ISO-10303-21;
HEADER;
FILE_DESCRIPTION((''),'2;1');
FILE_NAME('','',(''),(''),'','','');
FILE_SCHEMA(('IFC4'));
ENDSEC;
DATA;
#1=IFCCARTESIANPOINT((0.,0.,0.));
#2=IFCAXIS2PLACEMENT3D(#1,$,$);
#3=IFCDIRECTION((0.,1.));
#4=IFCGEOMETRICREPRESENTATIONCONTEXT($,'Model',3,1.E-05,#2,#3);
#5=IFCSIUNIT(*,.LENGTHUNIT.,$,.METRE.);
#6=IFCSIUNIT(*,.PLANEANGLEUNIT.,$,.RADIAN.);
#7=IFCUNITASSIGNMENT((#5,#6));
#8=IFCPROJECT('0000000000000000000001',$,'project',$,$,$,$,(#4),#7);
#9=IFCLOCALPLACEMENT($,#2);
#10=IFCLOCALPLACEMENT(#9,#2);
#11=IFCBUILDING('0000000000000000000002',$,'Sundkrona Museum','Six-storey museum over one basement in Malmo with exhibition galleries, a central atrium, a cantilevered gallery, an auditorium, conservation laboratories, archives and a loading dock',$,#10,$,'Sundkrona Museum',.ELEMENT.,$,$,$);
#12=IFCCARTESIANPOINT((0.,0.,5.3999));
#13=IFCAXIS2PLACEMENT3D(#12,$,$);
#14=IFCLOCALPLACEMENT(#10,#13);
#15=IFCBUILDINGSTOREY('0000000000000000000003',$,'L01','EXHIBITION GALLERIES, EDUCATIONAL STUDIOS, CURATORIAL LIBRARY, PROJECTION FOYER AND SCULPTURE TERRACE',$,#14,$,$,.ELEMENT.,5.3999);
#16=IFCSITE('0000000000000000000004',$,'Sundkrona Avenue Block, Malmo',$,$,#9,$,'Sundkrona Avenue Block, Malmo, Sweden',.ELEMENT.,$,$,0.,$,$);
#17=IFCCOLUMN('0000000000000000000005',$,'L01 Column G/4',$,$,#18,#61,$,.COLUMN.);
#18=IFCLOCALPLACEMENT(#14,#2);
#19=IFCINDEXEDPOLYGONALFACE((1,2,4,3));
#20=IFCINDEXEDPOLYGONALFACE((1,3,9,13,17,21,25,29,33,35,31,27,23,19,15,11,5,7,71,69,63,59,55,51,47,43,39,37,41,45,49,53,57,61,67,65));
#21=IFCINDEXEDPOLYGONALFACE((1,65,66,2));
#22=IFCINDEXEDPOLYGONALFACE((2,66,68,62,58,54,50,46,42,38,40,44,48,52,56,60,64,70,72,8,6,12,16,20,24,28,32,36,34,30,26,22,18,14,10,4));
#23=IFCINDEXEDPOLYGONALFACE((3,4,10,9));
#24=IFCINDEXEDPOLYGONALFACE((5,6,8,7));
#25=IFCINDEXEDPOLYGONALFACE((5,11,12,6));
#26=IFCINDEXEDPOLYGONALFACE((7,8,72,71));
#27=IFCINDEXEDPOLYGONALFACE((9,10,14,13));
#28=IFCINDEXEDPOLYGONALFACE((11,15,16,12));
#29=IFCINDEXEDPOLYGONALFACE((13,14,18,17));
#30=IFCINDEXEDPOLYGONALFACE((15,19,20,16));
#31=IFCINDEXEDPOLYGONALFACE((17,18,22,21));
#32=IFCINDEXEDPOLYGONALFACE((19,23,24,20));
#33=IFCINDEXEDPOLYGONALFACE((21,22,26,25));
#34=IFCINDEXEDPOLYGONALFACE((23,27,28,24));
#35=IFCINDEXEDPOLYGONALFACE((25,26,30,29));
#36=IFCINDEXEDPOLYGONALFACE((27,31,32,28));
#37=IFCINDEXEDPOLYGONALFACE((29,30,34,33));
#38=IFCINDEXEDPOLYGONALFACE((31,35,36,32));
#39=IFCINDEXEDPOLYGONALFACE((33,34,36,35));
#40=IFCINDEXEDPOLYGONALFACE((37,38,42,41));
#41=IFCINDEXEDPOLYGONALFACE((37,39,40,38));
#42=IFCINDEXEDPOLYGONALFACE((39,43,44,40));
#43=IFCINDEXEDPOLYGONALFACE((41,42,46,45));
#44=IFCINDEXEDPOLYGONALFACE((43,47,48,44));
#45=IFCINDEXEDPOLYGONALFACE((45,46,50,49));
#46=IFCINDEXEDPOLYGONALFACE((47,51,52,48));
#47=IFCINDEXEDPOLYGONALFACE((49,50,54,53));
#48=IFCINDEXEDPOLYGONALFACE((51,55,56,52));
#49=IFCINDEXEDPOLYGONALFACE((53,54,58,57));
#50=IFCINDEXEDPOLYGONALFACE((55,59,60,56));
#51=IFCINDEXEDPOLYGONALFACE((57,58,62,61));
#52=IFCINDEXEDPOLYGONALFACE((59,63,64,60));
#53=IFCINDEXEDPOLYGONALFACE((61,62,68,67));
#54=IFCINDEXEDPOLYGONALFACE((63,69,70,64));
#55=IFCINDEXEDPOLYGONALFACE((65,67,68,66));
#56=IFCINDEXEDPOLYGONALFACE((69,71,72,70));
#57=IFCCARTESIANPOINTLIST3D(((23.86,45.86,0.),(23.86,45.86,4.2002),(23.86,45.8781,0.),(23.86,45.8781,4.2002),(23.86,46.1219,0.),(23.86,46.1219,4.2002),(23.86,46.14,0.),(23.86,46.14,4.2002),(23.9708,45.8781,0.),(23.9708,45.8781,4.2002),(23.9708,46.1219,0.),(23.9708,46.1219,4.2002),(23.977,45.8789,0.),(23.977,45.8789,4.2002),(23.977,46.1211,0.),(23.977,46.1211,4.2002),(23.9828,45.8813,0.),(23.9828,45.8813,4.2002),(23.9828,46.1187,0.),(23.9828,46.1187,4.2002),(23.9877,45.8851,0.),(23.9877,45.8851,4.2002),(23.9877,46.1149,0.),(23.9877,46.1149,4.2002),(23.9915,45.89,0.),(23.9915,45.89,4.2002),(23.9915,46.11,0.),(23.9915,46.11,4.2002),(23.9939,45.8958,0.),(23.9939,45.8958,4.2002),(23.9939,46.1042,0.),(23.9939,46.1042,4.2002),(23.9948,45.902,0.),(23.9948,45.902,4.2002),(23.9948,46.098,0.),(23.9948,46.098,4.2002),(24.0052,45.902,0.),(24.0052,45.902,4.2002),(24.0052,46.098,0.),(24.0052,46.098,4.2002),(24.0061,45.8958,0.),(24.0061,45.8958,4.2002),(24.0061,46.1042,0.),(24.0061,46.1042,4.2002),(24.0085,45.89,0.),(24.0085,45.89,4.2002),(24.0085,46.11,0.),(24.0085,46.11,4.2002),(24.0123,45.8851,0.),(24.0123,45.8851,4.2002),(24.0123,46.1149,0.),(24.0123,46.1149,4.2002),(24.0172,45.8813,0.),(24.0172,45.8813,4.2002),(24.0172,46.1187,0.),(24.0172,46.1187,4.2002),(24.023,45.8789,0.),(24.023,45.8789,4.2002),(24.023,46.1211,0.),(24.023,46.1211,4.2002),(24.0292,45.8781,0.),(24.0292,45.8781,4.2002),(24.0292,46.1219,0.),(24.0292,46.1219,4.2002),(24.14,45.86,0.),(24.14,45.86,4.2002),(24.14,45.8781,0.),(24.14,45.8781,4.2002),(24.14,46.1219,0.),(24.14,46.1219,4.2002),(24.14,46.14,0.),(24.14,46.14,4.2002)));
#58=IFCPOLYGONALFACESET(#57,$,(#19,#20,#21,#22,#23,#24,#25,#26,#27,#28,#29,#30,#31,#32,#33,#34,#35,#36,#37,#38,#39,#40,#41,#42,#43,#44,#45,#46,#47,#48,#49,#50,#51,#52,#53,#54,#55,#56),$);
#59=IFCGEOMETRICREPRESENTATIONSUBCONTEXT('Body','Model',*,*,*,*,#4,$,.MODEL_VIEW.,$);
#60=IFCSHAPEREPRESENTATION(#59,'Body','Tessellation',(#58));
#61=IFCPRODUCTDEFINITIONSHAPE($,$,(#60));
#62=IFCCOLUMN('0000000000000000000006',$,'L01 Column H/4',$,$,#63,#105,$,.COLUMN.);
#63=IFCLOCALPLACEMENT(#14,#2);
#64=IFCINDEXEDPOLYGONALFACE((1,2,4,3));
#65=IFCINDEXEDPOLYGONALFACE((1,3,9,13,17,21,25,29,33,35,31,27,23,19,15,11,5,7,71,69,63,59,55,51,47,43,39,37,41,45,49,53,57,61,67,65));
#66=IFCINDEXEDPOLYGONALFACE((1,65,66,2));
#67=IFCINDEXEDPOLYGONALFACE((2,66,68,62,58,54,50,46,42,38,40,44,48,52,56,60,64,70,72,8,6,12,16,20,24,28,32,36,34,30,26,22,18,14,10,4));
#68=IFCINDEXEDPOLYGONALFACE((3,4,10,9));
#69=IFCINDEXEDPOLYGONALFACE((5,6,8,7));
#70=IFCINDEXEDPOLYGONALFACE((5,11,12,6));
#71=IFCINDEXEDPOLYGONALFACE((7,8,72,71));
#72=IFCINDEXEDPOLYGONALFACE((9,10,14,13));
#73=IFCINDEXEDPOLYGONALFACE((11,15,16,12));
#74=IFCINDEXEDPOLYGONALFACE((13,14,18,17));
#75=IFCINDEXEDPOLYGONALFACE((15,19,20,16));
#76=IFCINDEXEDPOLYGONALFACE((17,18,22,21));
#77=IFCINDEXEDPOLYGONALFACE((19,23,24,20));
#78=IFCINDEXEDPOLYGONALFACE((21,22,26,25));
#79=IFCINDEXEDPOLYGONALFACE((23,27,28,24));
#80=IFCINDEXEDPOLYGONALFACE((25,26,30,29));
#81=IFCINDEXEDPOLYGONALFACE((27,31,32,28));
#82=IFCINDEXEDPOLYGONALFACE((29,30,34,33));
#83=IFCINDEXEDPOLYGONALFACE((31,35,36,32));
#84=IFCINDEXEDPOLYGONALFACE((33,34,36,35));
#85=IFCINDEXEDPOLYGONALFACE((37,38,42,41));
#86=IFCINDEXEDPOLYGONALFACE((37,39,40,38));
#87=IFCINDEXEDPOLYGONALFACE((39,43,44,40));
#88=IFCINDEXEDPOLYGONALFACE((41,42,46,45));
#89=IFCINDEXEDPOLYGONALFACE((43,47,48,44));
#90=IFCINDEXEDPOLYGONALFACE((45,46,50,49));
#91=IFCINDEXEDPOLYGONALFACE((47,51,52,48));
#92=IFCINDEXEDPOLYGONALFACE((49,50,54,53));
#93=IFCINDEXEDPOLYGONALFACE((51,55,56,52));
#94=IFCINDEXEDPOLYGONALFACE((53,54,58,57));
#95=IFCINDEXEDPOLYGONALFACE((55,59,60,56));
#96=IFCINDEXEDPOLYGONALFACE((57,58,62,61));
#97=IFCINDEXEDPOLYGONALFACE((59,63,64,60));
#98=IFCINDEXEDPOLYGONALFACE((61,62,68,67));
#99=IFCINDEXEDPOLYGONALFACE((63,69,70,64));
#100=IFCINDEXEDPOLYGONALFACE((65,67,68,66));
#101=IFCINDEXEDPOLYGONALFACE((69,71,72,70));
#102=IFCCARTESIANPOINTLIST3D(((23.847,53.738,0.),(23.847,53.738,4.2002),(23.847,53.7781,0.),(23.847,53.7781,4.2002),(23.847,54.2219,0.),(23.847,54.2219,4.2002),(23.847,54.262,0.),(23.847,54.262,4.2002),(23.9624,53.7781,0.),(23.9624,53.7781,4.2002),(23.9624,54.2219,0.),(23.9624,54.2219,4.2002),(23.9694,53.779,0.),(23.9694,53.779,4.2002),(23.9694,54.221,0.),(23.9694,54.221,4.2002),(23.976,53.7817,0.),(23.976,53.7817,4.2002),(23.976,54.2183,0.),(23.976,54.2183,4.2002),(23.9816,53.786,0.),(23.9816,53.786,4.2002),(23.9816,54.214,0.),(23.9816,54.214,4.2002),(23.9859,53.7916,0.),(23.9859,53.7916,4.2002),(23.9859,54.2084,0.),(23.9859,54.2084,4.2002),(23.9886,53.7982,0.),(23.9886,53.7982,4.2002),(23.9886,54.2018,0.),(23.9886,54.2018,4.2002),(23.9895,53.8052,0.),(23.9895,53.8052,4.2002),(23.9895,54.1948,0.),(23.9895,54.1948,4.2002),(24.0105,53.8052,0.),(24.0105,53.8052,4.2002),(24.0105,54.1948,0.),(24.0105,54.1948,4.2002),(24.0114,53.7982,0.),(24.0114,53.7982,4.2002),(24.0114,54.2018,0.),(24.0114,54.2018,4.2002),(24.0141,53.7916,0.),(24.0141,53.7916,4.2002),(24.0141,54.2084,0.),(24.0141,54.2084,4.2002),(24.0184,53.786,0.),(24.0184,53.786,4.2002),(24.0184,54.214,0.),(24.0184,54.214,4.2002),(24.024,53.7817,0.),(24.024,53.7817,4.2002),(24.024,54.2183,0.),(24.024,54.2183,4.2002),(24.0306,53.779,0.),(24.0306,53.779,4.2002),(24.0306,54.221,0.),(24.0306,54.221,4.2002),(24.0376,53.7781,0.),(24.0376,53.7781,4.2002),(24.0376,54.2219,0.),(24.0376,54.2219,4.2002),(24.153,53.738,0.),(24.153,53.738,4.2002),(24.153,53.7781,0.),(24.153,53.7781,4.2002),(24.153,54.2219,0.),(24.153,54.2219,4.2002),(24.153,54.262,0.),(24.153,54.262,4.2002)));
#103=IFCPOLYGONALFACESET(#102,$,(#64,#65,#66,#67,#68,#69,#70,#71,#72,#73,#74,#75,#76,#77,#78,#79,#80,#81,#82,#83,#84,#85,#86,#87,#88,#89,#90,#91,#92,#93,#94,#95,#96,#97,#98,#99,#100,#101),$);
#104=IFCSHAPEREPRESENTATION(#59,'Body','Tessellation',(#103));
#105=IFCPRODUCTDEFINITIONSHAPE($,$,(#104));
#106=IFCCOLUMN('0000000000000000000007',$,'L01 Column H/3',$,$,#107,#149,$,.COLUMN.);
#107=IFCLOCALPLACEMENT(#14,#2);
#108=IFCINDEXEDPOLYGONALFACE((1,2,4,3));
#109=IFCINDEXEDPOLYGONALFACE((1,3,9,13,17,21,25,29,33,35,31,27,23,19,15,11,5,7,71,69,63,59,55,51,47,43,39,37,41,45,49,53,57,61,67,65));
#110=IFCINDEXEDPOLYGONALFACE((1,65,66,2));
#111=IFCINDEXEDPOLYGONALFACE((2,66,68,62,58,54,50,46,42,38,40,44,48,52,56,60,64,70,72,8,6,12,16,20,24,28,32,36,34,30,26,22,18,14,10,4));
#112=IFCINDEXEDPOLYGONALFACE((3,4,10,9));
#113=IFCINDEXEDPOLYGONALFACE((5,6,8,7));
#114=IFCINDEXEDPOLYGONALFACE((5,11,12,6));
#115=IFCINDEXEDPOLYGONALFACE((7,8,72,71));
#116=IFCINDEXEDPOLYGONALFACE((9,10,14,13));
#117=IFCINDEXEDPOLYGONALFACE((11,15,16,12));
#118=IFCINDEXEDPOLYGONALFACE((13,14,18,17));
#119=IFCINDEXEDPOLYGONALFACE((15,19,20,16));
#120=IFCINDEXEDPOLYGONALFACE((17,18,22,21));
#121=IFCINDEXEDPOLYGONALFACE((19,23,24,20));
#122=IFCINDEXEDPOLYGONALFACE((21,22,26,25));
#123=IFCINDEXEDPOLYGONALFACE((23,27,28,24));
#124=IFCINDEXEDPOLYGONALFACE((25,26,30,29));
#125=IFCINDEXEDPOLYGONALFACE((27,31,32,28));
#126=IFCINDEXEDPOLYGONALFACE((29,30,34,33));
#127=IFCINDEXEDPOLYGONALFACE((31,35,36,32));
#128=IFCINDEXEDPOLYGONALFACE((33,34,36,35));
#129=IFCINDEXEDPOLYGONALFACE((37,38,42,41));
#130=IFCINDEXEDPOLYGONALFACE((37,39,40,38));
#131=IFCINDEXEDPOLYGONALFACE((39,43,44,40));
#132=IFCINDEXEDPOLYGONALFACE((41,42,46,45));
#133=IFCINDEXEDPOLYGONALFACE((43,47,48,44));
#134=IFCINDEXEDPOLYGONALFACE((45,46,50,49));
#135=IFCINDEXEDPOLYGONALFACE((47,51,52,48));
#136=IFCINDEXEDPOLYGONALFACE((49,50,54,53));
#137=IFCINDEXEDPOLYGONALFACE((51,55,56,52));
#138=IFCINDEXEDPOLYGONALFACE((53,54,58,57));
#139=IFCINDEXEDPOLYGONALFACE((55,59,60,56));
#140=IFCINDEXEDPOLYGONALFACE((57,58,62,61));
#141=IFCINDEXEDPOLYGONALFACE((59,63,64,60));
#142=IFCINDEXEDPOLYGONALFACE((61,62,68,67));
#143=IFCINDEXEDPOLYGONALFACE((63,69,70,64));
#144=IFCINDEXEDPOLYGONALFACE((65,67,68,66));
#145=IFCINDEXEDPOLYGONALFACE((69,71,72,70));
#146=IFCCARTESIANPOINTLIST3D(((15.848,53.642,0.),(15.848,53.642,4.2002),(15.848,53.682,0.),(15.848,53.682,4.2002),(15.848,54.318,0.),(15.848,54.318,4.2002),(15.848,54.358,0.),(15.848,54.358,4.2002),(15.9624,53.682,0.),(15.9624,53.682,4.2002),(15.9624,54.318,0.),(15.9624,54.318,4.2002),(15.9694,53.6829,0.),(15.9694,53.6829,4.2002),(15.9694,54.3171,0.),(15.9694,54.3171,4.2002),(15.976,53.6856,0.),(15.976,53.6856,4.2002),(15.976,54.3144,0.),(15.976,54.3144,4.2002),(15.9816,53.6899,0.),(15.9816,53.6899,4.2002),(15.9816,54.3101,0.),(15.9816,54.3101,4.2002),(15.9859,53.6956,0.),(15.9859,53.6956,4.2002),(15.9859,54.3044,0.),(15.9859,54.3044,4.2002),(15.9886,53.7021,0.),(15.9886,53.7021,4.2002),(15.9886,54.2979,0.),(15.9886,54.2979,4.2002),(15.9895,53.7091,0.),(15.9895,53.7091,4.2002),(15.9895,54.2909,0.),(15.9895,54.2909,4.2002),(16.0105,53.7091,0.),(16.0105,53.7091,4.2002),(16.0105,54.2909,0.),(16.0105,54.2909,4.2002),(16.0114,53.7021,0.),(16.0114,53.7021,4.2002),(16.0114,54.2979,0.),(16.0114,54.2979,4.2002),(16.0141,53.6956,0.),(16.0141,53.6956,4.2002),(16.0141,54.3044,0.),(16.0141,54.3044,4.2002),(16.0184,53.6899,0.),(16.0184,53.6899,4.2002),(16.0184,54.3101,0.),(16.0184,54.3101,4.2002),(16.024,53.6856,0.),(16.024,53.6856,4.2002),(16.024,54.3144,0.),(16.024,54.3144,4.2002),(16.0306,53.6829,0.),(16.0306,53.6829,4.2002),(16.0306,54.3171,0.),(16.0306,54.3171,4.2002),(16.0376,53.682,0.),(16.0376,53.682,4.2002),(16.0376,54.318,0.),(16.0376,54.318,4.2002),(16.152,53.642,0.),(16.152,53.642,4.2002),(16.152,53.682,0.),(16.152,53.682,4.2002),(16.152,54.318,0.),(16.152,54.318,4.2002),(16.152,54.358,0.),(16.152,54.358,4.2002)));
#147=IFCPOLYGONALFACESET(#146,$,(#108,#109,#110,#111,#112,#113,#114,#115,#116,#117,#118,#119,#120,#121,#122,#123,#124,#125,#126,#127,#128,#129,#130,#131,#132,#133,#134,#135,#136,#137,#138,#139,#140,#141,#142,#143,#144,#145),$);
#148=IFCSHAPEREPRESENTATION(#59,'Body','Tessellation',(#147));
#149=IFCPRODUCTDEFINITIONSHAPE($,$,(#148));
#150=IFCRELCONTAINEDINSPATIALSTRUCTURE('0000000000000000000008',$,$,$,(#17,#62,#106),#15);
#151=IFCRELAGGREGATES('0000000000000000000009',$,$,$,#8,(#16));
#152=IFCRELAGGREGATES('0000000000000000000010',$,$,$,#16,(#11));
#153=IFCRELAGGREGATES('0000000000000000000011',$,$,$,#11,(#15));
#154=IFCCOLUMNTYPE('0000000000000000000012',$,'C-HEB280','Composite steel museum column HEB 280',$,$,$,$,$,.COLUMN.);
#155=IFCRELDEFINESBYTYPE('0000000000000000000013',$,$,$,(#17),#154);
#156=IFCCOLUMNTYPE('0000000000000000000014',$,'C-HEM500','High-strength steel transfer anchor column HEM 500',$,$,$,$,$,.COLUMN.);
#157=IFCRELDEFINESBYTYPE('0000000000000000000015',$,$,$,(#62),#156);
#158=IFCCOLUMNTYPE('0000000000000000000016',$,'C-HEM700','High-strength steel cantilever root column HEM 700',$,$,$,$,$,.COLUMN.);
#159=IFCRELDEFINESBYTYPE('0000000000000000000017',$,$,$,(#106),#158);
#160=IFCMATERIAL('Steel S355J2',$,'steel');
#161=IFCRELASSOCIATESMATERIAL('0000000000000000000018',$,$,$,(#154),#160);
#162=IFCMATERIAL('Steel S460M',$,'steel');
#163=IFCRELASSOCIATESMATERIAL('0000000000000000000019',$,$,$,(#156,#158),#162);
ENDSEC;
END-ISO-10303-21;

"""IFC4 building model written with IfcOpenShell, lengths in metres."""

from ifc_helpers import new_model, si_unit, direction, frame, origin, origin_2d, place, context, subcontext, project, spatial, i_section, extrude, material, material_profile, profile_set, type_object, element, save


model = new_model("IFC4")

# Units and contexts
model_context = context("Model", 3, precision=1e-05, world=origin(), true_north=direction((0.0, 1.0)))
body_context = subcontext(model_context, "Body", "Model", "MODEL_VIEW")
ifc_project = project(units=[si_unit("LENGTHUNIT", "METRE"), si_unit("PLANEANGLEUNIT", "RADIAN")], contexts=[model_context])

# Site, building, storey
site_placement = place(None, origin())
site = spatial("IfcSite", under=ifc_project, at=site_placement, Name="Sundkrona Avenue Block, Malmo", LongName="Sundkrona Avenue Block, Malmo, Sweden", CompositionType="ELEMENT", RefElevation=0.0)
building_placement = place(site_placement, origin())
building = spatial("IfcBuilding", under=site, at=building_placement, Name="Sundkrona Museum", Description="Six-storey museum over one basement in Malmo with exhibition galleries, a central atrium, a cantilevered gallery, an auditorium, conservation laboratories, archives and a loading dock", LongName="Sundkrona Museum", CompositionType="ELEMENT")
storey_placement = place(building_placement, frame((0.0, 0.0, 5.3999)))
storey = spatial("IfcBuildingStorey", under=building, at=storey_placement, Name="L01", Description="EXHIBITION GALLERIES, EDUCATIONAL STUDIOS, CURATORIAL LIBRARY, PROJECTION FOYER AND SCULPTURE TERRACE", CompositionType="ELEMENT", Elevation=5.3999)

# Columns
ifc_material_1 = material(Name="Steel S355J2", Category="steel")
ifc_material_profile_1 = material_profile(ifc_material_1, i_section(OverallWidth=0.28, OverallDepth=0.28, WebThickness=0.0105, FlangeThickness=0.0181, FilletRadius=0.0239, at=origin_2d()), Name="HEB 280")
ifc_profile_set_1 = profile_set([ifc_material_profile_1], Name="Steel S355J2")
column_type_1 = type_object("IfcColumnType", Name="C-HEB280", Description="Composite steel museum column HEB 280", PredefinedType="COLUMN", material=ifc_profile_set_1)
column_1_placement = place(storey_placement, frame((24.0, 46.0, 0.0), z_axis=(0.0, 0.0, 1.0), x_axis=(1.0, 0.0, 0.0)))
element("IfcColumn", 1, at=column_1_placement, inside=storey, type_object=column_type_1, Name="L01 Column G/4", PredefinedType="COLUMN", context=body_context, shape_type="SweptSolid", body=[
    extrude(i_section(OverallWidth=0.28, OverallDepth=0.28, WebThickness=0.0105, FlangeThickness=0.0181, FilletRadius=0.0239, at=origin_2d()), origin(), (0.0, 0.0, 1.0), 4.2002),
])
ifc_material_2 = material(Name="Steel S460M", Category="steel")
ifc_material_profile_2 = material_profile(ifc_material_2, i_section(OverallWidth=0.3059, OverallDepth=0.5239, WebThickness=0.021, FlangeThickness=0.04, FilletRadius=0.0271, at=origin_2d()), Name="HEM 500")
ifc_profile_set_2 = profile_set([ifc_material_profile_2], Name="Steel S460M")
column_type_2 = type_object("IfcColumnType", Name="C-HEM500", Description="High-strength steel transfer anchor column HEM 500", PredefinedType="COLUMN", material=ifc_profile_set_2)
column_2_placement = place(storey_placement, frame((24.0, 54.0, 0.0), z_axis=(0.0, 0.0, 1.0), x_axis=(1.0, 0.0, 0.0)))
element("IfcColumn", 2, at=column_2_placement, inside=storey, type_object=column_type_2, Name="L01 Column H/4", PredefinedType="COLUMN", context=body_context, shape_type="SweptSolid", body=[
    extrude(i_section(OverallWidth=0.3059, OverallDepth=0.5239, WebThickness=0.021, FlangeThickness=0.04, FilletRadius=0.0271, at=origin_2d()), origin(), (0.0, 0.0, 1.0), 4.2002),
])
ifc_material_profile_3 = material_profile(ifc_material_2, i_section(OverallWidth=0.304, OverallDepth=0.7161, WebThickness=0.021, FlangeThickness=0.04, FilletRadius=0.0271, at=origin_2d()), Name="HEM 700")
ifc_profile_set_3 = profile_set([ifc_material_profile_3], Name="Steel S460M")
column_type_3 = type_object("IfcColumnType", Name="C-HEM700", Description="High-strength steel cantilever root column HEM 700", PredefinedType="COLUMN", material=ifc_profile_set_3)
column_3_placement = place(storey_placement, frame((16.0, 54.0, 0.0), z_axis=(0.0, 0.0, 1.0), x_axis=(1.0, 0.0, 0.0)))
element("IfcColumn", 3, at=column_3_placement, inside=storey, type_object=column_type_3, Name="L01 Column H/3", PredefinedType="COLUMN", context=body_context, shape_type="SweptSolid", body=[
    extrude(i_section(OverallWidth=0.304, OverallDepth=0.7161, WebThickness=0.021, FlangeThickness=0.04, FilletRadius=0.0271, at=origin_2d()), origin(), (0.0, 0.0, 1.0), 4.2002),
])

save(model, "model.ifc")
